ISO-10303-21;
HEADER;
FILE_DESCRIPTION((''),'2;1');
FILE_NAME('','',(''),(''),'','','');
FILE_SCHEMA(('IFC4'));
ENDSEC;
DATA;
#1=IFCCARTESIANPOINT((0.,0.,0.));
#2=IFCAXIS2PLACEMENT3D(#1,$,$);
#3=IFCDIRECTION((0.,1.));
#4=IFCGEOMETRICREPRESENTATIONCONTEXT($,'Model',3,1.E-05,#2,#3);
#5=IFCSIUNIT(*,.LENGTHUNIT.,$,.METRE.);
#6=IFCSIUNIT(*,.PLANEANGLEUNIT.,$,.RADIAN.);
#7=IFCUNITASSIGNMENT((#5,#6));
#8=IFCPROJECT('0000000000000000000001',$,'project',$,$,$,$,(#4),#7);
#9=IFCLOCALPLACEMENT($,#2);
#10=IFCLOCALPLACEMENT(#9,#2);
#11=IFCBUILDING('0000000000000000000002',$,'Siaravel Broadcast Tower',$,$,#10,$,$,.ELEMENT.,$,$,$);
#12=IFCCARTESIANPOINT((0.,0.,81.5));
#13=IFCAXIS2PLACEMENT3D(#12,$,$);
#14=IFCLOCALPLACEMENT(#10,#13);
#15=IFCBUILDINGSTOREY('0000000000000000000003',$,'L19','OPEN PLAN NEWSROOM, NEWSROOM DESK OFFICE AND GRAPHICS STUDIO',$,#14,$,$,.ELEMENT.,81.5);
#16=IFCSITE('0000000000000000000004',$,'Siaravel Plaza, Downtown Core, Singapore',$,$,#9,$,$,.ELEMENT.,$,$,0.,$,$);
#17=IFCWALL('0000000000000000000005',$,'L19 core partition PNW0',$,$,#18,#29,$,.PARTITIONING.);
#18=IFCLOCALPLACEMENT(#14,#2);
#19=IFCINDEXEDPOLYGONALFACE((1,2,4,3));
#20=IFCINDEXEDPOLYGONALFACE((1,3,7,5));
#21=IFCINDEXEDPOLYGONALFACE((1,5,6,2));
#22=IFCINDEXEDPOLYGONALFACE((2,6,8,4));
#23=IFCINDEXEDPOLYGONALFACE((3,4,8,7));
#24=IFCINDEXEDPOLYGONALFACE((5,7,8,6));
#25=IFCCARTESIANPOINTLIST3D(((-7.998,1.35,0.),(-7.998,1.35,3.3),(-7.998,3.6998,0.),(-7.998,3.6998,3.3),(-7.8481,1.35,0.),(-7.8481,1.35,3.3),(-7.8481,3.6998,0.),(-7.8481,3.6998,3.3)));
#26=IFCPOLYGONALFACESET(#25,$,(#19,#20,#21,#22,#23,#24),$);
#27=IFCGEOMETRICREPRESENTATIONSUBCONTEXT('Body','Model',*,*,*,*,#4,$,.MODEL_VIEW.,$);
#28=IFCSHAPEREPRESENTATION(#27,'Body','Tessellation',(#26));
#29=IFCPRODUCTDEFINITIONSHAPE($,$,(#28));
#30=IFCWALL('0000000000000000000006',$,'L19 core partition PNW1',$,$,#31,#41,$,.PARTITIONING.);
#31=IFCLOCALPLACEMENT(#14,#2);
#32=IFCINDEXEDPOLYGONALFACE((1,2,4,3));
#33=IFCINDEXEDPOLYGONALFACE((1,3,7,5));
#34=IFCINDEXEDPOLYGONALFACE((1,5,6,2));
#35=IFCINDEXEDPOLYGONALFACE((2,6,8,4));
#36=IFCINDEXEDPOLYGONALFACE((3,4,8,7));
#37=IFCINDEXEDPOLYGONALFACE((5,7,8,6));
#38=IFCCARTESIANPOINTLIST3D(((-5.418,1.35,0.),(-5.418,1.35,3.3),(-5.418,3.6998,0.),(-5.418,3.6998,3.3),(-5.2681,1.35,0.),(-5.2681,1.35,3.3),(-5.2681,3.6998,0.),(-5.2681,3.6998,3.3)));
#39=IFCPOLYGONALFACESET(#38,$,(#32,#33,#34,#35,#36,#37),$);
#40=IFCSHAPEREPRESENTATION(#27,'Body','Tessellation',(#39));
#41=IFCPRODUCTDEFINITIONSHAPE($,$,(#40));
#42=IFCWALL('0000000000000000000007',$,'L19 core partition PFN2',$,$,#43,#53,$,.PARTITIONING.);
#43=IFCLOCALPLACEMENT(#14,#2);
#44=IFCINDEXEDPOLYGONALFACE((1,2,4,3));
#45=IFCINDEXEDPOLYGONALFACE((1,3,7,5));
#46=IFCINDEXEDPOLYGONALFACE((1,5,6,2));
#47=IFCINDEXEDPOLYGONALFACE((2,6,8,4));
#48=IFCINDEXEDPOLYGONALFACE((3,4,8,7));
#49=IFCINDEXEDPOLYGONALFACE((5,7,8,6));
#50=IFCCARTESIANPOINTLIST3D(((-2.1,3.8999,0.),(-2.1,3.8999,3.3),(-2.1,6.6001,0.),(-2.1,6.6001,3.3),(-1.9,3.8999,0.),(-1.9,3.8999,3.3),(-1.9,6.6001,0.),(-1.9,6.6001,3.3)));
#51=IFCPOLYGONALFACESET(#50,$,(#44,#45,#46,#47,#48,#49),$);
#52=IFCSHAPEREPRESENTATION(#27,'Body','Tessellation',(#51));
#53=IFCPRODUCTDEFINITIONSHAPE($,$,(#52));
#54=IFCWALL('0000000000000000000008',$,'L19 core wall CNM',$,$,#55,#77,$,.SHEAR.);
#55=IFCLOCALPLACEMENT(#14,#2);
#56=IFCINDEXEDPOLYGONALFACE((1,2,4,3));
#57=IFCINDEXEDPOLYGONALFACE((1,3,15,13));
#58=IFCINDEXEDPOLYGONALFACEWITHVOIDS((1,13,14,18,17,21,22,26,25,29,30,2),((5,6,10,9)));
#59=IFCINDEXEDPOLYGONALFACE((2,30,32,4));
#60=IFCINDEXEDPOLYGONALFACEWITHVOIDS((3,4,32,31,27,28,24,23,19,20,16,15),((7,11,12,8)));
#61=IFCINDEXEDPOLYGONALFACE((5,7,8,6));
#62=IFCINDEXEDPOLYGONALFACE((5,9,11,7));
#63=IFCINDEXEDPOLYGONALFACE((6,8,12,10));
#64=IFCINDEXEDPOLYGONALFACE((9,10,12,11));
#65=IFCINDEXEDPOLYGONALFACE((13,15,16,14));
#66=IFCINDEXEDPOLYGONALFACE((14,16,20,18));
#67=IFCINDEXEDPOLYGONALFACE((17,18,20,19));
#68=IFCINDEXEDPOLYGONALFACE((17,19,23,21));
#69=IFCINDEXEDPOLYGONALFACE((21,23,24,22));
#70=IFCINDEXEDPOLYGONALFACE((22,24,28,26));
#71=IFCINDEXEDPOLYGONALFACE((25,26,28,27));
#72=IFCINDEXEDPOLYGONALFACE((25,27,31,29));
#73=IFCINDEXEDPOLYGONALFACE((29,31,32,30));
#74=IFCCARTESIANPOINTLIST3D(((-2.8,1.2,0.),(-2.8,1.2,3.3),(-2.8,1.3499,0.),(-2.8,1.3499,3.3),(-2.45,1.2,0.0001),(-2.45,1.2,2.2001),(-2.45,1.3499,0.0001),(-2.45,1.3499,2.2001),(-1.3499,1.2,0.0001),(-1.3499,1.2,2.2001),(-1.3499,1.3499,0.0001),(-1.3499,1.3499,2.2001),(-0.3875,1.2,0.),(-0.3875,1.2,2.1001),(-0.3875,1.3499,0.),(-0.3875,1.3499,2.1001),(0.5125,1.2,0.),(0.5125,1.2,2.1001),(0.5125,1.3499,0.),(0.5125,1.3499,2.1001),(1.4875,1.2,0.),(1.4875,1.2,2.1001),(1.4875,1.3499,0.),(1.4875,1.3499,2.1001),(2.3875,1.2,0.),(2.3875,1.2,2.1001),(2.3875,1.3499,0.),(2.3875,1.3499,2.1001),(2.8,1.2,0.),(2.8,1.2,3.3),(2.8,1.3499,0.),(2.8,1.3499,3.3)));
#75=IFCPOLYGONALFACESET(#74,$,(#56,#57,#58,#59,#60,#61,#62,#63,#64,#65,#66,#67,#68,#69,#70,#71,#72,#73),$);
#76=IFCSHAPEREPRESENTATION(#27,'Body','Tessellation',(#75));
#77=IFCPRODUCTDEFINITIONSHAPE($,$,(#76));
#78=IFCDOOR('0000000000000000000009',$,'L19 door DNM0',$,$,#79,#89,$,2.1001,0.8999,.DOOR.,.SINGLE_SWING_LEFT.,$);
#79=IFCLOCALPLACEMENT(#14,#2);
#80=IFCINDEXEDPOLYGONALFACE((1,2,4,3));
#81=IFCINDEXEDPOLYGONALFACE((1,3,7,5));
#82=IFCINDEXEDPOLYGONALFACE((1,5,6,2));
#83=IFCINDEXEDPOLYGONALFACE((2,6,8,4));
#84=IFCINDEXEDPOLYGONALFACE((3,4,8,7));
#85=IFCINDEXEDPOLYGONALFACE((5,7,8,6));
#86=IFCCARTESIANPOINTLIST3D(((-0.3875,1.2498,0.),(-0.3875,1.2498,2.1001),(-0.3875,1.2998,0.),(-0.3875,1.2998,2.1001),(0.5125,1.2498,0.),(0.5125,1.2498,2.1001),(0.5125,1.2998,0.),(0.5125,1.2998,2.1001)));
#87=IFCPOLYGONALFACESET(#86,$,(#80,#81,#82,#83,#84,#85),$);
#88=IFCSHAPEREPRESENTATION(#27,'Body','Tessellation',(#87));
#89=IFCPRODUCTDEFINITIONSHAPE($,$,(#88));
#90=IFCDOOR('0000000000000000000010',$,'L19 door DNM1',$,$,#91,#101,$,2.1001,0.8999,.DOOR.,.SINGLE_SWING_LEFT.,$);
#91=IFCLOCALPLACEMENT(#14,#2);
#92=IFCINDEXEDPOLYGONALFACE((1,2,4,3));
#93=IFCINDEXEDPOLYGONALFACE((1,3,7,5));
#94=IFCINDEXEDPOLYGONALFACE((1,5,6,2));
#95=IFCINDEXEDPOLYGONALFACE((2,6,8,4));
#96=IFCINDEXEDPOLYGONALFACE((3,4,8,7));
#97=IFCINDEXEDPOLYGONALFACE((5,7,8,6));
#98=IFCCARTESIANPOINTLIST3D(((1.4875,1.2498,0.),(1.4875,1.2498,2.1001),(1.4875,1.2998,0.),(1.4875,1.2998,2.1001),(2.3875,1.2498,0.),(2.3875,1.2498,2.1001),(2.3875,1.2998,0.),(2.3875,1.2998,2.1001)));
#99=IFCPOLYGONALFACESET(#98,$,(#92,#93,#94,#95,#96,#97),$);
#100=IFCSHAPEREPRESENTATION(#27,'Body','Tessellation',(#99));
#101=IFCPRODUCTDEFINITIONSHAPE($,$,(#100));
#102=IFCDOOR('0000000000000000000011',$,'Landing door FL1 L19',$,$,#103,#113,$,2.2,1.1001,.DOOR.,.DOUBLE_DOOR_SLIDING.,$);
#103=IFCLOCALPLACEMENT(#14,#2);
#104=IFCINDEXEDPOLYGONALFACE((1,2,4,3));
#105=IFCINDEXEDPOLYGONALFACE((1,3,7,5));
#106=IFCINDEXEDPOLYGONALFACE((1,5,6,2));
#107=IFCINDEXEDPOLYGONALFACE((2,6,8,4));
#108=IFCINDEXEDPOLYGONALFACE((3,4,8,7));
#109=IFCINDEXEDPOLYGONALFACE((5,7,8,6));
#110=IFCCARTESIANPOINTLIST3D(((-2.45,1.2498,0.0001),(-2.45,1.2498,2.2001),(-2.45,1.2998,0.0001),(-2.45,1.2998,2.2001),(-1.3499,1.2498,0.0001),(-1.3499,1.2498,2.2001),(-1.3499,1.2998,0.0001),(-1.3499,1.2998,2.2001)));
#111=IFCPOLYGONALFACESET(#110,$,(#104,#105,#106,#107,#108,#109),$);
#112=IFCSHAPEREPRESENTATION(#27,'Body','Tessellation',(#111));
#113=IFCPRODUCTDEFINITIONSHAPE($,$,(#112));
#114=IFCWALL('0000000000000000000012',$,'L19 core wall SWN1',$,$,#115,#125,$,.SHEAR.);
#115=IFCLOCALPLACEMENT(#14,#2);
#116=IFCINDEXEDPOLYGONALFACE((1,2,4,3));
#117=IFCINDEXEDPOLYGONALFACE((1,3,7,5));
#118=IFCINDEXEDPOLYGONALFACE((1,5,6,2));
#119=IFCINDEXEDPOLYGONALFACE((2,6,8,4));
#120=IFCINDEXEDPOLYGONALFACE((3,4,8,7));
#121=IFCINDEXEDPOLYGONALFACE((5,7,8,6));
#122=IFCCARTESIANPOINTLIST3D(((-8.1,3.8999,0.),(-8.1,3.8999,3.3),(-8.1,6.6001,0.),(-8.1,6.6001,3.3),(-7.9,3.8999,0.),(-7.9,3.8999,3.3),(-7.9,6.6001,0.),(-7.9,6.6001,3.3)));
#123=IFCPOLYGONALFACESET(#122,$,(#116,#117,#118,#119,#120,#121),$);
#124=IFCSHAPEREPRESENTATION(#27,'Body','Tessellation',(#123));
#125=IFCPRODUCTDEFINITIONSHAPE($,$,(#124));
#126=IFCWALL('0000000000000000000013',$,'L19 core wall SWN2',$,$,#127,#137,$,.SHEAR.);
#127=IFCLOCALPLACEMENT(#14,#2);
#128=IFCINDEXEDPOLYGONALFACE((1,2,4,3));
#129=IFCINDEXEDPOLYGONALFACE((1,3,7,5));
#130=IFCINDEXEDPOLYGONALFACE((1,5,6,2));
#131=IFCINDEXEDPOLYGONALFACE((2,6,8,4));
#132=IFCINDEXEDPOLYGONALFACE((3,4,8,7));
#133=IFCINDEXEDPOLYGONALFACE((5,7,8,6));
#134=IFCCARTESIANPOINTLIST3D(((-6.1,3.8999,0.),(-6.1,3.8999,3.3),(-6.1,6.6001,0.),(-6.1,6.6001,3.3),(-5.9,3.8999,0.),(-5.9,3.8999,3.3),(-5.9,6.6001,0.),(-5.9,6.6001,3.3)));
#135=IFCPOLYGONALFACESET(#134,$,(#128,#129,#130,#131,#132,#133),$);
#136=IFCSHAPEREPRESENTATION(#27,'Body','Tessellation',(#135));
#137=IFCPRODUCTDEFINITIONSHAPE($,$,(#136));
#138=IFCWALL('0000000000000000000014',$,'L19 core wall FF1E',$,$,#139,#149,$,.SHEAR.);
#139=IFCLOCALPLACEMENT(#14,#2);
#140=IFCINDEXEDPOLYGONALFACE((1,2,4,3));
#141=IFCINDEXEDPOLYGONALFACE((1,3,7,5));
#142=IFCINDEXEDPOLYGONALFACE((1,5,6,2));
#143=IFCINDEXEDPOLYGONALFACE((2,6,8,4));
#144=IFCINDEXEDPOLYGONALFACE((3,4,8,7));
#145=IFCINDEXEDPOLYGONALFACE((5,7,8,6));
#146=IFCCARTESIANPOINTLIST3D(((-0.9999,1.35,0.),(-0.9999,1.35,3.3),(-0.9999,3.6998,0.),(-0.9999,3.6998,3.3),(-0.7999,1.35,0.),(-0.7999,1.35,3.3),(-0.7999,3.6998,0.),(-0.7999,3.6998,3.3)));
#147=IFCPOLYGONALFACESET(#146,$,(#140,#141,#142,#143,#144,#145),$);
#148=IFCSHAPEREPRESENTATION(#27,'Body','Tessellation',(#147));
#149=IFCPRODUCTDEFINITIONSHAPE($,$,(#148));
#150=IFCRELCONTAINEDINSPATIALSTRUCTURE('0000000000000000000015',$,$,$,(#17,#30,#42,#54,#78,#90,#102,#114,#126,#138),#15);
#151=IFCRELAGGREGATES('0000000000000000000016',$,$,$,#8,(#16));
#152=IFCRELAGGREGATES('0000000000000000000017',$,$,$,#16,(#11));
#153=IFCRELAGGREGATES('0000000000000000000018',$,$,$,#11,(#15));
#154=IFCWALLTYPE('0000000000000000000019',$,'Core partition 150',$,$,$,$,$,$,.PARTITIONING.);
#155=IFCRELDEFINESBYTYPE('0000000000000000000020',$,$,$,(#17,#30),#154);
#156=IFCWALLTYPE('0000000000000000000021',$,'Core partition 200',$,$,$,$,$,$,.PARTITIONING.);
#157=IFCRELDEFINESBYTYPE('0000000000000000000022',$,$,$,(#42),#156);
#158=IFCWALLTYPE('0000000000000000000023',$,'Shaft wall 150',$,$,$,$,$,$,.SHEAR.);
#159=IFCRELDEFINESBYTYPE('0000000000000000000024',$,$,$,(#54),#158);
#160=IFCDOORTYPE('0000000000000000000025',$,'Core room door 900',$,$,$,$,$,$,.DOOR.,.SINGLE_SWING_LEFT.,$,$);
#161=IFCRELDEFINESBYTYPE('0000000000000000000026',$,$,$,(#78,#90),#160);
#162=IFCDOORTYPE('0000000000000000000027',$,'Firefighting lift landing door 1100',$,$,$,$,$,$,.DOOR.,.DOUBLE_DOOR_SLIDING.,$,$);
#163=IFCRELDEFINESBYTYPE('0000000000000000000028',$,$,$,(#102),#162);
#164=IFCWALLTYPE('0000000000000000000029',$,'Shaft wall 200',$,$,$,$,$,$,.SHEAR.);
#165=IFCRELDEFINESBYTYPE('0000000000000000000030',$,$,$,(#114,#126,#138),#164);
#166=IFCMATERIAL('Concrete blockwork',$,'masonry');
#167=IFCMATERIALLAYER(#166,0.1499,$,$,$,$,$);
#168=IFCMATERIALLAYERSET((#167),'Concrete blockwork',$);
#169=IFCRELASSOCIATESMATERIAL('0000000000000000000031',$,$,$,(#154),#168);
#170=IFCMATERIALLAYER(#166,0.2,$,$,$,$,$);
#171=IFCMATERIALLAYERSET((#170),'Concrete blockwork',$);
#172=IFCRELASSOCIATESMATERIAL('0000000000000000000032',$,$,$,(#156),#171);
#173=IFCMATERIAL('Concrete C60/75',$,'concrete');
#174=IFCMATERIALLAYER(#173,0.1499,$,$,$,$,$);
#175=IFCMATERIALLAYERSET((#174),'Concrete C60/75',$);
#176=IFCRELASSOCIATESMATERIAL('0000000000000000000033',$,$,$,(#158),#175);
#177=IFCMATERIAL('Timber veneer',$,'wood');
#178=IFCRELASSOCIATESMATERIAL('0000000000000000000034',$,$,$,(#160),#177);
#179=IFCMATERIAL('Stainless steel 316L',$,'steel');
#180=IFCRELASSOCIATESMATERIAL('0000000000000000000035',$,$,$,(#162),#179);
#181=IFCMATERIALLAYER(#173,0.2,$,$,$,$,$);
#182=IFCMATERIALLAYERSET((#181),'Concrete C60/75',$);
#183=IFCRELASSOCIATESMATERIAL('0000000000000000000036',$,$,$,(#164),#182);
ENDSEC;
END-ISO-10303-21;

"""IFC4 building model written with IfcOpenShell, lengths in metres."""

from ifc_helpers import new_model, si_unit, direction, frame, frame_2d, origin, place, context, subcontext, project, spatial, rectangle, extrude, material, layer, layer_set, type_object, element, fill, save


model = new_model("IFC4")

# Units and contexts
model_context = context("Model", 3, precision=1e-05, world=origin(), true_north=direction((0.0, 1.0)))
body_context = subcontext(model_context, "Body", "Model", "MODEL_VIEW")
ifc_project = project(units=[si_unit("LENGTHUNIT", "METRE"), si_unit("PLANEANGLEUNIT", "RADIAN")], contexts=[model_context])

# Site, building, storey
site_placement = place(None, origin())
site = spatial("IfcSite", under=ifc_project, at=site_placement, Name="Siaravel Plaza, Downtown Core, Singapore", CompositionType="ELEMENT", RefElevation=0.0)
building_placement = place(site_placement, origin())
building = spatial("IfcBuilding", under=site, at=building_placement, Name="Siaravel Broadcast Tower", CompositionType="ELEMENT")
storey_placement = place(building_placement, frame((0.0, 0.0, 81.5)))
storey = spatial("IfcBuildingStorey", under=building, at=storey_placement, Name="L19", Description="OPEN PLAN NEWSROOM, NEWSROOM DESK OFFICE AND GRAPHICS STUDIO", CompositionType="ELEMENT", Elevation=81.5)

# Walls
ifc_material_1 = material(Name="Concrete blockwork", Category="masonry")
ifc_layer_1 = layer(ifc_material_1, 0.1499)
ifc_layer_set_1 = layer_set([ifc_layer_1], Name="Concrete blockwork")
wall_type_1 = type_object("IfcWallType", Name="Core partition 150", PredefinedType="PARTITIONING", material=ifc_layer_set_1)
for number, where, z_axis, x_axis, name in (
    (1, (-7.9231, 1.3501, 0.0), (0.0, 0.0, 1.0), (0.0, 1.0, 0.0), "L19 core partition PNW0"),
    (2, (-5.343, 1.3501, 0.0), (0.0, 0.0, 1.0), (0.0, 1.0, 0.0), "L19 core partition PNW1"),
):
    element("IfcWall", number, at=place(storey_placement, frame(where, z_axis=z_axis, x_axis=x_axis)), inside=storey, type_object=wall_type_1, Name=name, PredefinedType="PARTITIONING", context=body_context, shape_type="SweptSolid", body=[
        extrude(rectangle(XDim=2.3499, YDim=0.1499, at=frame_2d((1.1748, 0.0))), origin(), (0.0, 0.0, 1.0), 3.3),
    ])
ifc_layer_2 = layer(ifc_material_1, 0.2)
ifc_layer_set_2 = layer_set([ifc_layer_2], Name="Concrete blockwork")
wall_type_2 = type_object("IfcWallType", Name="Core partition 200", PredefinedType="PARTITIONING", material=ifc_layer_set_2)
wall_1_placement = place(storey_placement, frame((-2.0, 3.8999, 0.0), z_axis=(0.0, 0.0, 1.0), x_axis=(0.0, 1.0, 0.0)))
element("IfcWall", 3, at=wall_1_placement, inside=storey, type_object=wall_type_2, Name="L19 core partition PFN2", PredefinedType="PARTITIONING", context=body_context, shape_type="SweptSolid", body=[
    extrude(rectangle(XDim=2.7002, YDim=0.2, at=frame_2d((1.3501, 0.0))), origin(), (0.0, 0.0, 1.0), 3.3),
])

# Wall, openings, doors
ifc_material_2 = material(Name="Concrete C60/75", Category="concrete")
ifc_layer_3 = layer(ifc_material_2, 0.1499)
ifc_layer_set_3 = layer_set([ifc_layer_3], Name="Concrete C60/75")
wall_type_3 = type_object("IfcWallType", Name="Shaft wall 150", PredefinedType="SHEAR", material=ifc_layer_set_3)
wall_2_placement = place(storey_placement, frame((-2.8, 1.2749, 0.0), z_axis=(0.0, 0.0, 1.0), x_axis=(1.0, 0.0, 0.0)))
wall_2 = element("IfcWall", 4, at=wall_2_placement, inside=storey, type_object=wall_type_3, Name="L19 core wall CNM", PredefinedType="SHEAR", context=body_context, shape_type="SweptSolid", body=[
    extrude(rectangle(XDim=5.6001, YDim=0.1499, at=frame_2d((2.8, 0.0))), origin(), (0.0, 0.0, 1.0), 3.3),
])
opening_1_placement = place(wall_2_placement, frame((0.3501, 0.0, 0.0)))
opening_1 = element("IfcOpeningElement", 5, at=opening_1_placement, cuts=wall_2, PredefinedType="OPENING", context=body_context, shape_type="SweptSolid", body=[
    extrude(rectangle(XDim=1.1001, YDim=2.2, at=frame_2d((0.55, 1.1001))), frame((0.0, 0.085, 0.0), z_axis=(0.0, -1.0, 0.0), x_axis=(1.0, 0.0, 0.0)), (0.0, 0.0, 1.0), 0.1699),
])
opening_2_placement = place(wall_2_placement, frame((2.4126, 0.0, 0.0)))
opening_2 = element("IfcOpeningElement", 6, at=opening_2_placement, cuts=wall_2, PredefinedType="OPENING", context=body_context, shape_type="SweptSolid", body=[
    extrude(rectangle(XDim=0.8999, YDim=2.1001, at=frame_2d((0.45, 1.05))), frame((0.0, 0.085, 0.0), z_axis=(0.0, -1.0, 0.0), x_axis=(1.0, 0.0, 0.0)), (0.0, 0.0, 1.0), 0.1699),
])
opening_3_placement = place(wall_2_placement, frame((4.2876, 0.0, 0.0)))
opening_3 = element("IfcOpeningElement", 7, at=opening_3_placement, cuts=wall_2, PredefinedType="OPENING", context=body_context, shape_type="SweptSolid", body=[
    extrude(rectangle(XDim=0.8999, YDim=2.1001, at=frame_2d((0.45, 1.05))), frame((0.0, 0.085, 0.0), z_axis=(0.0, -1.0, 0.0), x_axis=(1.0, 0.0, 0.0)), (0.0, 0.0, 1.0), 0.1699),
])
ifc_material_3 = material(Name="Timber veneer", Category="wood")
door_type_1 = type_object("IfcDoorType", Name="Core room door 900", OperationType="SINGLE_SWING_LEFT", PredefinedType="DOOR", material=ifc_material_3)
door_1_placement = place(opening_2_placement, origin())
door_1 = element("IfcDoor", 8, at=door_1_placement, inside=storey, type_object=door_type_1, Name="L19 door DNM0", OperationType="SINGLE_SWING_LEFT", OverallHeight=2.1001, OverallWidth=0.8999, PredefinedType="DOOR", context=body_context, shape_type="SweptSolid", body=[
    extrude(rectangle(XDim=0.8999, YDim=2.1001, at=frame_2d((0.45, 1.05))), frame((0.0, 0.0249, 0.0), z_axis=(0.0, -1.0, 0.0), x_axis=(1.0, 0.0, 0.0)), (0.0, 0.0, 1.0), 0.05),
])
fill(opening_2, door_1)
door_2_placement = place(opening_3_placement, origin())
door_2 = element("IfcDoor", 9, at=door_2_placement, inside=storey, type_object=door_type_1, Name="L19 door DNM1", OperationType="SINGLE_SWING_LEFT", OverallHeight=2.1001, OverallWidth=0.8999, PredefinedType="DOOR", context=body_context, shape_type="SweptSolid", body=[
    extrude(rectangle(XDim=0.8999, YDim=2.1001, at=frame_2d((0.45, 1.05))), frame((0.0, 0.0249, 0.0), z_axis=(0.0, -1.0, 0.0), x_axis=(1.0, 0.0, 0.0)), (0.0, 0.0, 1.0), 0.05),
])
fill(opening_3, door_2)
ifc_material_4 = material(Name="Stainless steel 316L", Category="steel")
door_type_2 = type_object("IfcDoorType", Name="Firefighting lift landing door 1100", OperationType="DOUBLE_DOOR_SLIDING", PredefinedType="DOOR", material=ifc_material_4)
door_3_placement = place(opening_1_placement, origin())
door_3 = element("IfcDoor", 10, at=door_3_placement, inside=storey, type_object=door_type_2, Name="Landing door FL1 L19", OperationType="DOUBLE_DOOR_SLIDING", OverallHeight=2.2, OverallWidth=1.1001, PredefinedType="DOOR", context=body_context, shape_type="SweptSolid", body=[
    extrude(rectangle(XDim=1.1001, YDim=2.2, at=frame_2d((0.55, 1.1001))), frame((0.0, 0.0249, 0.0), z_axis=(0.0, -1.0, 0.0), x_axis=(1.0, 0.0, 0.0)), (0.0, 0.0, 1.0), 0.05),
])
fill(opening_1, door_3)

# Walls
ifc_layer_4 = layer(ifc_material_2, 0.2)
ifc_layer_set_4 = layer_set([ifc_layer_4], Name="Concrete C60/75")
wall_type_4 = type_object("IfcWallType", Name="Shaft wall 200", PredefinedType="SHEAR", material=ifc_layer_set_4)
for number, where, z_axis, x_axis, name in (
    (11, (-8.0, 3.8999, 0.0), (0.0, 0.0, 1.0), (0.0, 1.0, 0.0), "L19 core wall SWN1"),
    (12, (-6.0, 3.8999, 0.0), (0.0, 0.0, 1.0), (0.0, 1.0, 0.0), "L19 core wall SWN2"),
):
    element("IfcWall", number, at=place(storey_placement, frame(where, z_axis=z_axis, x_axis=x_axis)), inside=storey, type_object=wall_type_4, Name=name, PredefinedType="SHEAR", context=body_context, shape_type="SweptSolid", body=[
        extrude(rectangle(XDim=2.7002, YDim=0.2, at=frame_2d((1.3501, 0.0))), origin(), (0.0, 0.0, 1.0), 3.3),
    ])
wall_3_placement = place(storey_placement, frame((-0.8999, 1.3501, 0.0), z_axis=(0.0, 0.0, 1.0), x_axis=(0.0, 1.0, 0.0)))
element("IfcWall", 13, at=wall_3_placement, inside=storey, type_object=wall_type_4, Name="L19 core wall FF1E", PredefinedType="SHEAR", context=body_context, shape_type="SweptSolid", body=[
    extrude(rectangle(XDim=2.3499, YDim=0.2, at=frame_2d((1.1748, 0.0))), origin(), (0.0, 0.0, 1.0), 3.3),
])

save(model, "model.ifc")
